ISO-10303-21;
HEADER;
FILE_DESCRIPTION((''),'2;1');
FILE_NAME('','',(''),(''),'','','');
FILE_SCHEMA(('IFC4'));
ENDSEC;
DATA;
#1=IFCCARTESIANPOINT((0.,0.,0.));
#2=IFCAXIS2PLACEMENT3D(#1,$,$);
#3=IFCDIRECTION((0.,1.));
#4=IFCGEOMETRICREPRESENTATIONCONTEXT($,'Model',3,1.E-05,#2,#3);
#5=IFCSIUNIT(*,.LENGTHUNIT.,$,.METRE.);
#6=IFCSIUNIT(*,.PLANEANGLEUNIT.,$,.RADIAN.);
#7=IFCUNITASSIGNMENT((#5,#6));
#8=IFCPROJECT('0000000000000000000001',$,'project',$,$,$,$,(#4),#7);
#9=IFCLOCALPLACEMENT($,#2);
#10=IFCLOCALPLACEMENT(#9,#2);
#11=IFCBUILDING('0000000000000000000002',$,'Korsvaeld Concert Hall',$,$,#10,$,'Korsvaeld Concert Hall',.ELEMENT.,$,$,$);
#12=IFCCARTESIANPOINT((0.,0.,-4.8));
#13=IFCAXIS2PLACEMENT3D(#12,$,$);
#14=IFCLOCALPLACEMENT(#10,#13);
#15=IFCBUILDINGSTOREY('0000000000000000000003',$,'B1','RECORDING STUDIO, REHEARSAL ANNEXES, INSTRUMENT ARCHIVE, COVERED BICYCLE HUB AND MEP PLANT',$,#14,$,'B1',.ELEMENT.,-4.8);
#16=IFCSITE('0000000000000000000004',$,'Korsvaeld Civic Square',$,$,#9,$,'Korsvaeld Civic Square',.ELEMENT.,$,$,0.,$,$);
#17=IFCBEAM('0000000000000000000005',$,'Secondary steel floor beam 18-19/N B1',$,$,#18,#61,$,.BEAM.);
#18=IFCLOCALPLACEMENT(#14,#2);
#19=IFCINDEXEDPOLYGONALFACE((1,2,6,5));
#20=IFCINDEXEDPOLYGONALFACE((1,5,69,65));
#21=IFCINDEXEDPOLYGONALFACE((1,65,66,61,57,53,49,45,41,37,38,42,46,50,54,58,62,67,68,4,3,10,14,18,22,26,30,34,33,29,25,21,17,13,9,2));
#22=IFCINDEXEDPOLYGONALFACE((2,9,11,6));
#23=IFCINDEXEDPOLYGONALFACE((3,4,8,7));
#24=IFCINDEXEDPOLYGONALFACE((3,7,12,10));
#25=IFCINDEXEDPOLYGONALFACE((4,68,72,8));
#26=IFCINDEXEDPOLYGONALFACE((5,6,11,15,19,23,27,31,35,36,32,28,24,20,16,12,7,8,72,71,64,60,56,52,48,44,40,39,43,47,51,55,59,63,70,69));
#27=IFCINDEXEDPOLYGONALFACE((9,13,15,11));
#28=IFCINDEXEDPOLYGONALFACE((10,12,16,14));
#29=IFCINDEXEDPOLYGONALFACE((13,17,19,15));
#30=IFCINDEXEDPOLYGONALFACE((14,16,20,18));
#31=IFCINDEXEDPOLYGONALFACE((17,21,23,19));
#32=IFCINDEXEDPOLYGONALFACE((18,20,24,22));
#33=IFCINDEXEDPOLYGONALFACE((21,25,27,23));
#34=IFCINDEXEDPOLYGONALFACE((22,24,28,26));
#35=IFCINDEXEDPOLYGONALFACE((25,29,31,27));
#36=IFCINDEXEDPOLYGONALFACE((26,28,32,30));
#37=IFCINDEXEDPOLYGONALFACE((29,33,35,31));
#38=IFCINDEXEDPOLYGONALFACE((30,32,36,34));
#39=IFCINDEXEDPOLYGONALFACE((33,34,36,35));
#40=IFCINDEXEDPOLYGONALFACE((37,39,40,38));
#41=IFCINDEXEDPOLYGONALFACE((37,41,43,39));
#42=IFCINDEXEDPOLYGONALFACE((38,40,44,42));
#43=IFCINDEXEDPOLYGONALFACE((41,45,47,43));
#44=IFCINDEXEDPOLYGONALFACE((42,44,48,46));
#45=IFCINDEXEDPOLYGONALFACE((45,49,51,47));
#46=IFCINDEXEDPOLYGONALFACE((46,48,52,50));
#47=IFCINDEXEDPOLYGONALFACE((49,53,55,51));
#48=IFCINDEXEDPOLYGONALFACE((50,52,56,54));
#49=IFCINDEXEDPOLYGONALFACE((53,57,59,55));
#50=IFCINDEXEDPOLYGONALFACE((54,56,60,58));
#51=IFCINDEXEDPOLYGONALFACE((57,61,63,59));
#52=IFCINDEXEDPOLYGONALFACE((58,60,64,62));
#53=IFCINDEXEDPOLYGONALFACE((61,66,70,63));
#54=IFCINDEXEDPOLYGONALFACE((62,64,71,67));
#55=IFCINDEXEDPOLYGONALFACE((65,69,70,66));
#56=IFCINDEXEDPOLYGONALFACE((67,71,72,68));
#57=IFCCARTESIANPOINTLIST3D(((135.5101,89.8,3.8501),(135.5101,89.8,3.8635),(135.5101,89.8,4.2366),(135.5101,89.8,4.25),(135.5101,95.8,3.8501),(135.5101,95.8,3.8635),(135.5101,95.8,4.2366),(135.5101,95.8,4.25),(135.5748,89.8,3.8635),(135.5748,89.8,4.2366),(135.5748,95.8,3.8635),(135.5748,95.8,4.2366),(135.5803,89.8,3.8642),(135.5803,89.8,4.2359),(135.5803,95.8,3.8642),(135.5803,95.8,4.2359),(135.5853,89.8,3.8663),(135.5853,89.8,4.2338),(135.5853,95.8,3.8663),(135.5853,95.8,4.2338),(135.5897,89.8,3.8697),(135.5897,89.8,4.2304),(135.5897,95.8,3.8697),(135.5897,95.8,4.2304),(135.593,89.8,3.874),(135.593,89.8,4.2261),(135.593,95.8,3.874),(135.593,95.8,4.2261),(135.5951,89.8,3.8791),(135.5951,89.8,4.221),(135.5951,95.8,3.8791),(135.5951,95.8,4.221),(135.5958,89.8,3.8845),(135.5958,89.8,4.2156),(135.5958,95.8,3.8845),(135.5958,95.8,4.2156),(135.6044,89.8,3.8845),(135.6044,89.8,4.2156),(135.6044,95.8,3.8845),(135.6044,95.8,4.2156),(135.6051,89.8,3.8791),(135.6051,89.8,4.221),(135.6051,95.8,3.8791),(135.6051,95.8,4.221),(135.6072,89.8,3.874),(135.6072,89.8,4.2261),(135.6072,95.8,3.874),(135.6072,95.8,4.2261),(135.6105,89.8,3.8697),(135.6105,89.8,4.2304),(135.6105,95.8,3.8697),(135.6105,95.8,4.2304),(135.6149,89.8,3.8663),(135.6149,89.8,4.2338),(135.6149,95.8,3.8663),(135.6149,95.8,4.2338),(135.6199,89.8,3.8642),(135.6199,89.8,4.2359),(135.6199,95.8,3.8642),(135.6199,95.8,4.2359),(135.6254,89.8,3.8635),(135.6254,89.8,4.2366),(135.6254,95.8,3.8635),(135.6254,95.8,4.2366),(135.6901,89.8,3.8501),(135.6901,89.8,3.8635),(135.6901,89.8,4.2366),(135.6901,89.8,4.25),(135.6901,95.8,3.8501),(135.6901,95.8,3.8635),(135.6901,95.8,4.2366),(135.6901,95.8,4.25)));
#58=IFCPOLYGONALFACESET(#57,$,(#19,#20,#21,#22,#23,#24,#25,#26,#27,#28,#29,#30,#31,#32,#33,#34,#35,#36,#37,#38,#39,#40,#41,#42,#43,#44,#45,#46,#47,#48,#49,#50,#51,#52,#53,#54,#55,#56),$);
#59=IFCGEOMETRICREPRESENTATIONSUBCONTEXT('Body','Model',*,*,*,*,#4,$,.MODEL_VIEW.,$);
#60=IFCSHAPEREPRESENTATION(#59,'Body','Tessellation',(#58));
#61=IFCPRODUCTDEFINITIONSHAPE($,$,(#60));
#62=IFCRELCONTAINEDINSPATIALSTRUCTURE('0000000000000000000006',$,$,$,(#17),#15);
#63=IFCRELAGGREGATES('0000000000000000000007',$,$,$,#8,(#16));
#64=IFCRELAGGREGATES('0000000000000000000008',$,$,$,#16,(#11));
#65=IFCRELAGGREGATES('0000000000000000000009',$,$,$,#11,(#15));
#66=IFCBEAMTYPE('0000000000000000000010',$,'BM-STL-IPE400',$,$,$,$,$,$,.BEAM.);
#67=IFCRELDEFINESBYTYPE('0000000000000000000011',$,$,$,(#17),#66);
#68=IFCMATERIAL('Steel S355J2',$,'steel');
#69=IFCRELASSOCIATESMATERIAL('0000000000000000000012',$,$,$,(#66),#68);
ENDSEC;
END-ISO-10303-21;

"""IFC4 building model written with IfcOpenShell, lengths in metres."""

from ifc_helpers import new_model, si_unit, direction, frame, origin, origin_2d, place, context, subcontext, project, spatial, i_section, extrude, material, material_profile, profile_set, type_object, element, save


model = new_model("IFC4")

# Units and contexts
model_context = context("Model", 3, precision=1e-05, world=origin(), true_north=direction((0.0, 1.0)))
body_context = subcontext(model_context, "Body", "Model", "MODEL_VIEW")
ifc_project = project(units=[si_unit("LENGTHUNIT", "METRE"), si_unit("PLANEANGLEUNIT", "RADIAN")], contexts=[model_context])

# Site, building, storey
site_placement = place(None, origin())
site = spatial("IfcSite", under=ifc_project, at=site_placement, Name="Korsvaeld Civic Square", LongName="Korsvaeld Civic Square", CompositionType="ELEMENT", RefElevation=0.0)
building_placement = place(site_placement, origin())
building = spatial("IfcBuilding", under=site, at=building_placement, Name="Korsvaeld Concert Hall", LongName="Korsvaeld Concert Hall", CompositionType="ELEMENT")
storey_placement = place(building_placement, frame((0.0, 0.0, -4.8)))
storey = spatial("IfcBuildingStorey", under=building, at=storey_placement, Name="B1", Description="RECORDING STUDIO, REHEARSAL ANNEXES, INSTRUMENT ARCHIVE, COVERED BICYCLE HUB AND MEP PLANT", LongName="B1", CompositionType="ELEMENT", Elevation=-4.8)

# Beam
ifc_material_1 = material(Name="Steel S355J2", Category="steel")
ifc_material_profile_1 = material_profile(ifc_material_1, i_section(OverallWidth=0.1799, OverallDepth=0.3999, WebThickness=0.0085, FlangeThickness=0.0134, FilletRadius=0.021, at=origin_2d()), Name="IPE 400")
ifc_profile_set_1 = profile_set([ifc_material_profile_1], Name="Steel S355J2")
beam_type_1 = type_object("IfcBeamType", Name="BM-STL-IPE400", PredefinedType="BEAM", material=ifc_profile_set_1)
beam_1_placement = place(storey_placement, frame((135.6001, 89.8, 4.05), z_axis=(0.0, 1.0, 0.0), x_axis=(-1.0, 0.0, 0.0)))
element("IfcBeam", 1, at=beam_1_placement, inside=storey, type_object=beam_type_1, Name="Secondary steel floor beam 18-19/N B1", PredefinedType="BEAM", context=body_context, shape_type="SweptSolid", body=[
    extrude(i_section(OverallWidth=0.1799, OverallDepth=0.3999, WebThickness=0.0085, FlangeThickness=0.0134, FilletRadius=0.021, at=origin_2d()), origin(), (0.0, 0.0, 1.0), 6.0),
])

save(model, "model.ifc")
